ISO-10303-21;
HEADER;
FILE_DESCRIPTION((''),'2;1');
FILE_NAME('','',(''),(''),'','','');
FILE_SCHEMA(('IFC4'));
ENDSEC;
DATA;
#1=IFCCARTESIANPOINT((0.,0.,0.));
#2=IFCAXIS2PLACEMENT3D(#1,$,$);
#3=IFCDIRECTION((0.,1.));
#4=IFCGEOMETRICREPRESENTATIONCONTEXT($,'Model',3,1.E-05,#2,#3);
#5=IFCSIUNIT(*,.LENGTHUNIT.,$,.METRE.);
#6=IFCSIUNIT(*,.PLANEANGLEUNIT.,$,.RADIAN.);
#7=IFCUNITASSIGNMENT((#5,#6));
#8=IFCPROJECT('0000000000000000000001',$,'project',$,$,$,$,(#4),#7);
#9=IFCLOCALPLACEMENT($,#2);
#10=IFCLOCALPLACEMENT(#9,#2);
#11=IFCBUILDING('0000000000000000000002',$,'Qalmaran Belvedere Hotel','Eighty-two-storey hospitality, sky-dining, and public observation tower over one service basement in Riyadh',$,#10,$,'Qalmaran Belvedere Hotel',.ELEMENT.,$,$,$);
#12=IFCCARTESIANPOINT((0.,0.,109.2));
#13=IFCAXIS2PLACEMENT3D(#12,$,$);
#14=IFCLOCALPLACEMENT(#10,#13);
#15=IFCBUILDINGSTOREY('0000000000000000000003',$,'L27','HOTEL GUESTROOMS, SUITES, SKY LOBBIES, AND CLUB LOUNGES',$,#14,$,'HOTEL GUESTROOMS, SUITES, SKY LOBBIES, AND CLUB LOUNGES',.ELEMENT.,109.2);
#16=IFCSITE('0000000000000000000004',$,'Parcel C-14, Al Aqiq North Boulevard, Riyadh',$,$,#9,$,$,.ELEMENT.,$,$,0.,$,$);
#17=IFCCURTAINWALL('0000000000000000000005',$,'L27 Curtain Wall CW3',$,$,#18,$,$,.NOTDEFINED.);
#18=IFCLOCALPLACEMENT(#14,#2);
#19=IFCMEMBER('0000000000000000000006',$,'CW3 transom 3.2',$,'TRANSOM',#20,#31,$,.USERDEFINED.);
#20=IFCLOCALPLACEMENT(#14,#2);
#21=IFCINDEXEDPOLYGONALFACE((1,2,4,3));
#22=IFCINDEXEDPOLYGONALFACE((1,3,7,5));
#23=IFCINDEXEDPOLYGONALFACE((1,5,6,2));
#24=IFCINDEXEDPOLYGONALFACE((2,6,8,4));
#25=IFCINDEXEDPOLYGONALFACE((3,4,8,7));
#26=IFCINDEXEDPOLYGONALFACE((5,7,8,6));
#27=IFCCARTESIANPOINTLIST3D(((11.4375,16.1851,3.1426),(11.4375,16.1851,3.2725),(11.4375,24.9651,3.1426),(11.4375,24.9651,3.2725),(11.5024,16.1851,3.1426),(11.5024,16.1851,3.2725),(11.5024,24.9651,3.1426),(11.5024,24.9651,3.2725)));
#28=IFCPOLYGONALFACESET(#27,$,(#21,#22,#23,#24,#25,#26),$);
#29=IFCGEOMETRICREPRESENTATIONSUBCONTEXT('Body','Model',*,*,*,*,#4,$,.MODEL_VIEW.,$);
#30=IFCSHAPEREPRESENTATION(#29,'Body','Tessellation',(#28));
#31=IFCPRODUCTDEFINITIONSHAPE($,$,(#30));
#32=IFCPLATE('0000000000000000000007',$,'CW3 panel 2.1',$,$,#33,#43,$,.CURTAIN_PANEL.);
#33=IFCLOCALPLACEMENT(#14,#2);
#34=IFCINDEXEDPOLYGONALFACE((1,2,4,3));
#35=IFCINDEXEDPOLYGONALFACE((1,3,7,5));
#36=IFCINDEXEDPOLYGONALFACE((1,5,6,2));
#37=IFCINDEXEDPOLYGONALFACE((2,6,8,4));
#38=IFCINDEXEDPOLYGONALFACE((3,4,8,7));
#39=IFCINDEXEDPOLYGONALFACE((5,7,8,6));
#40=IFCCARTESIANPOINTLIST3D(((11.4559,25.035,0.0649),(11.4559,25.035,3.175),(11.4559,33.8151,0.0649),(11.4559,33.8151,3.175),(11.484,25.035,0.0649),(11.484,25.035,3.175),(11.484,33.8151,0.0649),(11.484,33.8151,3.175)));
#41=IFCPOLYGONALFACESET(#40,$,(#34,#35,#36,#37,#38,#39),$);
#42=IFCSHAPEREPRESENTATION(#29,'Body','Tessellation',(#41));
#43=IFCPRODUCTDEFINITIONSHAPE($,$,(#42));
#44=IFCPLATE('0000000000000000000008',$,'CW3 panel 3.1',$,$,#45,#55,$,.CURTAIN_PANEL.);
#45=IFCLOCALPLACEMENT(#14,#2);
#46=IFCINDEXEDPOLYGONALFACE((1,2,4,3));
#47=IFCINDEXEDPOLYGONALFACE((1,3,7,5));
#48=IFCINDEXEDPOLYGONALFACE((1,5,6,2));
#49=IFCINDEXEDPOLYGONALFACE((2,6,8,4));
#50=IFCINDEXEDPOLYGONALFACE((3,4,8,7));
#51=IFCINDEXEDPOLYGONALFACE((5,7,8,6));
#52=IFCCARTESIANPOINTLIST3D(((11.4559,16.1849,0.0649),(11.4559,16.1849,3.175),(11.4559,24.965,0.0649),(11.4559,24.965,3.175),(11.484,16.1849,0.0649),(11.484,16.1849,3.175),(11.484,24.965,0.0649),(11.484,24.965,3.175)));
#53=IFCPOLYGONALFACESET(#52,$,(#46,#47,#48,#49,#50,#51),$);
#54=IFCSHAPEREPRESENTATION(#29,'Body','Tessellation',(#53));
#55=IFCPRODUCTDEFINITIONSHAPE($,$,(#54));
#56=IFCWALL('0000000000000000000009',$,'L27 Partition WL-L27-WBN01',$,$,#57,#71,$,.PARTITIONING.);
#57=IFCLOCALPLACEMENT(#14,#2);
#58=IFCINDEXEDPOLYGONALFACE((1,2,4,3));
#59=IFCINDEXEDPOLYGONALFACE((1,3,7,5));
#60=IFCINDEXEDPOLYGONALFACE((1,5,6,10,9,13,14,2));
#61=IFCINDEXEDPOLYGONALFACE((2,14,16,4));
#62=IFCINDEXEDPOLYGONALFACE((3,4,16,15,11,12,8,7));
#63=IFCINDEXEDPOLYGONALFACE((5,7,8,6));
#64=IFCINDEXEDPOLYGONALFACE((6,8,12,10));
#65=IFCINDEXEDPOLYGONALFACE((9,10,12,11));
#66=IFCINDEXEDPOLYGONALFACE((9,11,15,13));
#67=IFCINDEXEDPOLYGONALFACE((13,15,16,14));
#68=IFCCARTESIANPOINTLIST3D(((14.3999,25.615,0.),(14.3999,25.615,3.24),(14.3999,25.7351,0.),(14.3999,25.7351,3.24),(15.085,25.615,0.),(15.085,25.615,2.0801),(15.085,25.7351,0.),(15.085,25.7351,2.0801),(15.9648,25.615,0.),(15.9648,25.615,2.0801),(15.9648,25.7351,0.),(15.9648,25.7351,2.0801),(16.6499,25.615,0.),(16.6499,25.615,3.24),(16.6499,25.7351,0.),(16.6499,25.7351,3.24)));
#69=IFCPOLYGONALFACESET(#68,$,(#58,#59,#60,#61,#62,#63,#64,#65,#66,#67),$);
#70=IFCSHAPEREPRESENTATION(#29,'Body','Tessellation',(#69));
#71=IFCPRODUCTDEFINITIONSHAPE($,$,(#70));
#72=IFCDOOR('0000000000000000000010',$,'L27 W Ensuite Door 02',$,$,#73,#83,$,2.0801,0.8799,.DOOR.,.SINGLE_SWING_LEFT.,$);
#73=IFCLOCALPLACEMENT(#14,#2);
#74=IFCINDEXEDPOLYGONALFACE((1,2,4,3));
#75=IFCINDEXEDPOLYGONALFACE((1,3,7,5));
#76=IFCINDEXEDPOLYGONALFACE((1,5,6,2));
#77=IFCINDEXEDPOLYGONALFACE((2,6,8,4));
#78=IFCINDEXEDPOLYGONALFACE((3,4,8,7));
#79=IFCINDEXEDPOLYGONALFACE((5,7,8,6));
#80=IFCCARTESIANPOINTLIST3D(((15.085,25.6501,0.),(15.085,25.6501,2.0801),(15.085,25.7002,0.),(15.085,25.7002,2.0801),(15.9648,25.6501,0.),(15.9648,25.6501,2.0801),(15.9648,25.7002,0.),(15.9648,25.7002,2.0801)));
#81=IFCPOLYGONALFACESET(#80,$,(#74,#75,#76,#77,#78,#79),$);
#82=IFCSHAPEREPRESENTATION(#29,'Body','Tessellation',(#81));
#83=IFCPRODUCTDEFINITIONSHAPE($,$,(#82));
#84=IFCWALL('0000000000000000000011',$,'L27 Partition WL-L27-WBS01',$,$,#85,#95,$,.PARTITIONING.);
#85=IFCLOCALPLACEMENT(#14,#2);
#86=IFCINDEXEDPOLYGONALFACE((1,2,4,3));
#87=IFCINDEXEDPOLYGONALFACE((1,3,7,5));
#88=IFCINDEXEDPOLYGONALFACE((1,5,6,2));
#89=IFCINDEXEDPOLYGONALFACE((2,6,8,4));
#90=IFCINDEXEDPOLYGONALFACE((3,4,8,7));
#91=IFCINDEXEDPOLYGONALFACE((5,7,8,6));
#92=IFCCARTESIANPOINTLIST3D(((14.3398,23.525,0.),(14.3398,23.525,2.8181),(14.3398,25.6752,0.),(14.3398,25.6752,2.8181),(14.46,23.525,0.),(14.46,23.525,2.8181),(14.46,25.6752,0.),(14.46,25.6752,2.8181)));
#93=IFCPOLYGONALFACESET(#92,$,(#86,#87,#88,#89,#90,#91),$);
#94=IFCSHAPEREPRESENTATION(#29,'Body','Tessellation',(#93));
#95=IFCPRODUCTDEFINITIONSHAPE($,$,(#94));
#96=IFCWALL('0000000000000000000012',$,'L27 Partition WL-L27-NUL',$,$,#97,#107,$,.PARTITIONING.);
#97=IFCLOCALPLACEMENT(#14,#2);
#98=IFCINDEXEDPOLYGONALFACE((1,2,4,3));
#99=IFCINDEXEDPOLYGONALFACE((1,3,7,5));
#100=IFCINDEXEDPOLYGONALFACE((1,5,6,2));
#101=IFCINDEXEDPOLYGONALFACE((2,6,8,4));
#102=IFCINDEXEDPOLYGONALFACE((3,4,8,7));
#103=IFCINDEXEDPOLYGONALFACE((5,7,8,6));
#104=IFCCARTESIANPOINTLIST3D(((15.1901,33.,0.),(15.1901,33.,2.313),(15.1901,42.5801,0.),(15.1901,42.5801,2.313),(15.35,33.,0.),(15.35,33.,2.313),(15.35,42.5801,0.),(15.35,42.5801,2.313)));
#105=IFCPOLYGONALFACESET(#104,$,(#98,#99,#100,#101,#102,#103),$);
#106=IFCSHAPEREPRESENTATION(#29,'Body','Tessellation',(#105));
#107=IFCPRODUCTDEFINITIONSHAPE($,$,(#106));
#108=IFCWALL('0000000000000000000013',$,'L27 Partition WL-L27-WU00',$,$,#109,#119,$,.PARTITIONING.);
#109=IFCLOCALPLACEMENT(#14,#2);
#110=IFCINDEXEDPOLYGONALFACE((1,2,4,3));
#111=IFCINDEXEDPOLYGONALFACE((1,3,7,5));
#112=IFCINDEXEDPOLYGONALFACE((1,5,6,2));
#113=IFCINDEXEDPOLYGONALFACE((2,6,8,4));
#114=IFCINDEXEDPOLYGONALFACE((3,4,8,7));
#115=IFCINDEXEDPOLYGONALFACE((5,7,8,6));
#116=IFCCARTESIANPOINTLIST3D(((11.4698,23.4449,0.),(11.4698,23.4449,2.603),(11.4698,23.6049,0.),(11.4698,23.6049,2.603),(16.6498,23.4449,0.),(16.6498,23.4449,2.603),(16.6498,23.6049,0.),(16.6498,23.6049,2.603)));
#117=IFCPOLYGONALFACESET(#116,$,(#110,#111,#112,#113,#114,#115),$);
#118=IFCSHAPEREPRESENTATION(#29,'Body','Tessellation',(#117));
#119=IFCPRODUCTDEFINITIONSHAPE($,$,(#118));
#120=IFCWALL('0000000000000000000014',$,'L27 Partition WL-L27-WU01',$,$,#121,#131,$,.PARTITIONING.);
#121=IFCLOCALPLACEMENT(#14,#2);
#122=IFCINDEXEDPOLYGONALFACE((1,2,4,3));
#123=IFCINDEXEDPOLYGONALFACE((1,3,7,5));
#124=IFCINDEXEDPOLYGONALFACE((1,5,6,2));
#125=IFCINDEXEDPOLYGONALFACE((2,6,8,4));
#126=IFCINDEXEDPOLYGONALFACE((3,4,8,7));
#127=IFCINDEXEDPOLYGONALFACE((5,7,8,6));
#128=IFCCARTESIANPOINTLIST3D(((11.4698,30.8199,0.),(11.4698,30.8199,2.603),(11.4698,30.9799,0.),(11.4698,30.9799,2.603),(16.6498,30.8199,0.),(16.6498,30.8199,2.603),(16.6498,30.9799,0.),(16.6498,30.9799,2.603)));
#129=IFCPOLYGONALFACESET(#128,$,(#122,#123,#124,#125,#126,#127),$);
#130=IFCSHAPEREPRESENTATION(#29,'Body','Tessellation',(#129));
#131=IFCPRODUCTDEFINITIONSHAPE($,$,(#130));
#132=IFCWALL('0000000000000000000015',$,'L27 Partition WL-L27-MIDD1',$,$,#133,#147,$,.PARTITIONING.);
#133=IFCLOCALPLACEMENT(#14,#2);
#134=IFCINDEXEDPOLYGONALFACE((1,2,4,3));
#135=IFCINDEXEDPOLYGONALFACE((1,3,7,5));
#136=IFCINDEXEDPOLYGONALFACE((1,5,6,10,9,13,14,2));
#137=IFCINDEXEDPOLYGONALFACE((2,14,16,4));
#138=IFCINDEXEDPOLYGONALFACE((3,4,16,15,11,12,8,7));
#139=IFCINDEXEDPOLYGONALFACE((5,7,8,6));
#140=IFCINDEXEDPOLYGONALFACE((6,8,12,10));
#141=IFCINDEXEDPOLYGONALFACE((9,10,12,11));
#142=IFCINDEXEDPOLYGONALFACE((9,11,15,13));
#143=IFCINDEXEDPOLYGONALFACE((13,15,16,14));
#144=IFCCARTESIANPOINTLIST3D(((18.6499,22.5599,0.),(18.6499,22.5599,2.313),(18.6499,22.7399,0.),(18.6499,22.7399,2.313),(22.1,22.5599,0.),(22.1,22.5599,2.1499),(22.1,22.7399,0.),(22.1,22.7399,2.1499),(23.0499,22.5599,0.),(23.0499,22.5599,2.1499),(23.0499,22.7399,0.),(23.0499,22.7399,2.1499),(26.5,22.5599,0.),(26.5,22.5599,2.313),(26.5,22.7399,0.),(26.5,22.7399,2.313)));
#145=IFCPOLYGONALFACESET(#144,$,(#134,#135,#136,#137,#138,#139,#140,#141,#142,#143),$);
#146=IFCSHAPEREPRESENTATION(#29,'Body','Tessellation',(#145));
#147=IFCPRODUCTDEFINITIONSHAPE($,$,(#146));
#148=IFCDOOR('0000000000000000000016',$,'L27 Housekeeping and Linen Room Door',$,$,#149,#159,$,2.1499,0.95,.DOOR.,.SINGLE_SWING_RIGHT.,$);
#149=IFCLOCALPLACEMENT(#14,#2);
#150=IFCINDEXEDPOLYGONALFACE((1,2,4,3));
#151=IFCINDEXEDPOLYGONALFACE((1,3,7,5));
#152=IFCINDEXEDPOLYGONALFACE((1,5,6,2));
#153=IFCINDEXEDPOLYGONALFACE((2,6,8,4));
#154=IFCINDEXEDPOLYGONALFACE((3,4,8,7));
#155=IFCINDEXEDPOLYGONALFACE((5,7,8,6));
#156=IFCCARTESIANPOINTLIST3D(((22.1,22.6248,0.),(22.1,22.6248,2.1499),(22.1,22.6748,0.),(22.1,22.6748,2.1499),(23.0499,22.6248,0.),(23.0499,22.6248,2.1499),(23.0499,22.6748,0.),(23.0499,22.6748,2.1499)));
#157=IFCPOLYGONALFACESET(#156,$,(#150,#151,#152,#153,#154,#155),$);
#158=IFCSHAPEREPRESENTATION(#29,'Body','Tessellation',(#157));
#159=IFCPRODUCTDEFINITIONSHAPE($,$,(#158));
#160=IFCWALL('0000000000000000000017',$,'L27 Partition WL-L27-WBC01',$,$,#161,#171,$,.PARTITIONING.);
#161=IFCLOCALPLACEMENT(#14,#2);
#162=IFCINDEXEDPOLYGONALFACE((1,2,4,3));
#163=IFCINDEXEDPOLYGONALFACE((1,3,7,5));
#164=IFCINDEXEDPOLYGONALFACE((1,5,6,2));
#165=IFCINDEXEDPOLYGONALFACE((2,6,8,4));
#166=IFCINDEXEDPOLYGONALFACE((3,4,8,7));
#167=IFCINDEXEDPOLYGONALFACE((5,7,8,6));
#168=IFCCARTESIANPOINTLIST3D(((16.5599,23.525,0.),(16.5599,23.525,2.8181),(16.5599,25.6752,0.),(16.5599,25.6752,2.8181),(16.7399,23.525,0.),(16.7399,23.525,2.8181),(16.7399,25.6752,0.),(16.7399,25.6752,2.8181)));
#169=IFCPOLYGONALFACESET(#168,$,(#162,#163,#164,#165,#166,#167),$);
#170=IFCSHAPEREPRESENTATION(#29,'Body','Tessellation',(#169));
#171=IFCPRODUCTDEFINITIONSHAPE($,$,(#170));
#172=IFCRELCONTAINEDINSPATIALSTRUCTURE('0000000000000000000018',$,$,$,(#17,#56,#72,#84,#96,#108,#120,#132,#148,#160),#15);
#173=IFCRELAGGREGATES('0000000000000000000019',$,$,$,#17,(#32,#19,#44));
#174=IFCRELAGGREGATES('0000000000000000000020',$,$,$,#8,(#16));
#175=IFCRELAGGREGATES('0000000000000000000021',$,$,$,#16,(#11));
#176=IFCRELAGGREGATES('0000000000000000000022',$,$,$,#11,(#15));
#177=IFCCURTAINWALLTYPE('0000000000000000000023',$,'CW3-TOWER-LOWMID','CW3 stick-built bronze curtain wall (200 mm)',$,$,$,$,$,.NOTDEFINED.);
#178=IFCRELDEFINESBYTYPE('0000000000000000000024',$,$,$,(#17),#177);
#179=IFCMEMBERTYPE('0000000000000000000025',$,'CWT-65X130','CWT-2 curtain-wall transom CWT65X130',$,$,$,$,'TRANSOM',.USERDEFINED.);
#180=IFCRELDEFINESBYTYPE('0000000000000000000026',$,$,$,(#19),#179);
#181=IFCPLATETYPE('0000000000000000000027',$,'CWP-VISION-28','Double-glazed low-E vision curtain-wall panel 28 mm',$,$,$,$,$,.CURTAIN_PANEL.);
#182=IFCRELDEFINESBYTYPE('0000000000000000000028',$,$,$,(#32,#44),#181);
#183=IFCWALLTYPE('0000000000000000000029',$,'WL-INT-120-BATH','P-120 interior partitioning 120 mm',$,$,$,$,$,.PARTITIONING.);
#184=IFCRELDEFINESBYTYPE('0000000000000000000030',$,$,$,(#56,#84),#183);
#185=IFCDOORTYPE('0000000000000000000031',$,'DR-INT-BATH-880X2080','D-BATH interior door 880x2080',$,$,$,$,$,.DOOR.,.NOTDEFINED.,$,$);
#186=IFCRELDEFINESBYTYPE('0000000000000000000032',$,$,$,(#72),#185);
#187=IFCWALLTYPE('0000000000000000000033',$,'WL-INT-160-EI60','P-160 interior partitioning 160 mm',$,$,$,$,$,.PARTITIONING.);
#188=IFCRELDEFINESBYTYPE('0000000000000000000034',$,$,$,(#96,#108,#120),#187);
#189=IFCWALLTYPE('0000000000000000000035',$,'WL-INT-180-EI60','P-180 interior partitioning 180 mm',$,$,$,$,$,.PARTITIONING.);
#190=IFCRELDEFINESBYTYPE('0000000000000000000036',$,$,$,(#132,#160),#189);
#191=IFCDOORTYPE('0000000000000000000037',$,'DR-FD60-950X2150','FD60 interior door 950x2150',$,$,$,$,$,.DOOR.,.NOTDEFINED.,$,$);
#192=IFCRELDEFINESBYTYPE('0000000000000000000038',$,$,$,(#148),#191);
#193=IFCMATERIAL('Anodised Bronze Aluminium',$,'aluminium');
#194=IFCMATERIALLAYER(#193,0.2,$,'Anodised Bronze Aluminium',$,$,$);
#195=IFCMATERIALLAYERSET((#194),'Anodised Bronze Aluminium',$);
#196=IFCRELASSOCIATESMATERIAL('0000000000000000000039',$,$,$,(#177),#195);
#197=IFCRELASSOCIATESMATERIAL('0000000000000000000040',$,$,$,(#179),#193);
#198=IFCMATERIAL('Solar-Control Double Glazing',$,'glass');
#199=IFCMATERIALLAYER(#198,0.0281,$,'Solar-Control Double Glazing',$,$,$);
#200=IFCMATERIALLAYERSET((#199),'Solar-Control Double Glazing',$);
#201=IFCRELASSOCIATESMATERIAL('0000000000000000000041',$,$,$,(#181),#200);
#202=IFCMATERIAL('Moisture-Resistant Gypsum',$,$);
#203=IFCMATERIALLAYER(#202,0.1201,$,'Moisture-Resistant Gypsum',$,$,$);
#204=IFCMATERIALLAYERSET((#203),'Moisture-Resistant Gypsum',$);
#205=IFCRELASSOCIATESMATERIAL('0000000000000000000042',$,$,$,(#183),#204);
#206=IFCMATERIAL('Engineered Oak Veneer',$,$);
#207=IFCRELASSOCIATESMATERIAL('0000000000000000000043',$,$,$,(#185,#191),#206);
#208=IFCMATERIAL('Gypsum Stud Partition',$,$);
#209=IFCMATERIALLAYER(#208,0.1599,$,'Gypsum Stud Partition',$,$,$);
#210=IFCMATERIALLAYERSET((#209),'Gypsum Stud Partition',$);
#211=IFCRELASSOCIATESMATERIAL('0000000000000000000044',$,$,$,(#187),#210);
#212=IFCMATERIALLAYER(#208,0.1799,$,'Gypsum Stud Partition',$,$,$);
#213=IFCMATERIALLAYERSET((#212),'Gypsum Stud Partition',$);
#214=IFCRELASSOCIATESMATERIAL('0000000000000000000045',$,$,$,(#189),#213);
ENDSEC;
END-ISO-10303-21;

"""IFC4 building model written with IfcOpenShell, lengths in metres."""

from ifc_helpers import new_model, si_unit, direction, frame, frame_2d, origin, origin_2d, place, context, subcontext, project, spatial, rectangle, extrude, material, layer, layer_set, material_profile, profile_set, type_object, element, fill, aggregate, save


model = new_model("IFC4")

# Units and contexts
model_context = context("Model", 3, precision=1e-05, world=origin(), true_north=direction((0.0, 1.0)))
body_context = subcontext(model_context, "Body", "Model", "MODEL_VIEW")
ifc_project = project(units=[si_unit("LENGTHUNIT", "METRE"), si_unit("PLANEANGLEUNIT", "RADIAN")], contexts=[model_context])

# Site, building, storey
site_placement = place(None, origin())
site = spatial("IfcSite", under=ifc_project, at=site_placement, Name="Parcel C-14, Al Aqiq North Boulevard, Riyadh", CompositionType="ELEMENT", RefElevation=0.0)
building_placement = place(site_placement, origin())
building = spatial("IfcBuilding", under=site, at=building_placement, Name="Qalmaran Belvedere Hotel", Description="Eighty-two-storey hospitality, sky-dining, and public observation tower over one service basement in Riyadh", LongName="Qalmaran Belvedere Hotel", CompositionType="ELEMENT")
storey_placement = place(building_placement, frame((0.0, 0.0, 109.2)))
storey = spatial("IfcBuildingStorey", under=building, at=storey_placement, Name="L27", Description="HOTEL GUESTROOMS, SUITES, SKY LOBBIES, AND CLUB LOUNGES", LongName="HOTEL GUESTROOMS, SUITES, SKY LOBBIES, AND CLUB LOUNGES", CompositionType="ELEMENT", Elevation=109.2)

# Curtain wall, member, plates
ifc_material_1 = material(Name="Anodised Bronze Aluminium", Category="aluminium")
ifc_layer_1 = layer(ifc_material_1, 0.2, Name="Anodised Bronze Aluminium")
ifc_layer_set_1 = layer_set([ifc_layer_1], Name="Anodised Bronze Aluminium")
curtain_wall_type = type_object("IfcCurtainWallType", Name="CW3-TOWER-LOWMID", Description="CW3 stick-built bronze curtain wall (200 mm)", PredefinedType="NOTDEFINED", material=ifc_layer_set_1)
curtain_wall_placement = place(storey_placement, origin())
curtain_wall = element("IfcCurtainWall", 1, at=curtain_wall_placement, inside=storey, type_object=curtain_wall_type, Name="L27 Curtain Wall CW3", PredefinedType="NOTDEFINED")
ifc_material_profile_1 = material_profile(ifc_material_1, rectangle(XDim=0.0649, YDim=0.1299, at=origin_2d()), Name="CWT65X130")
ifc_profile_set_1 = profile_set([ifc_material_profile_1], Name="Anodised Bronze Aluminium")
member_type_1 = type_object("IfcMemberType", Name="CWT-65X130", Description="CWT-2 curtain-wall transom CWT65X130", ElementType="TRANSOM", PredefinedType="USERDEFINED", material=ifc_profile_set_1)
member_1_placement = place(storey_placement, frame((11.47, 24.9651, 3.2075), z_axis=(0.0, -1.0, 0.0), x_axis=(1.0, 0.0, 0.0)))
member_1 = element("IfcMember", 2, at=member_1_placement, type_object=member_type_1, Name="CW3 transom 3.2", ObjectType="TRANSOM", PredefinedType="USERDEFINED", context=body_context, shape_type="SweptSolid", body=[
    extrude(rectangle(XDim=0.0649, YDim=0.1299, at=origin_2d()), origin(), (0.0, 0.0, 1.0), 8.78),
])
ifc_material_2 = material(Name="Solar-Control Double Glazing", Category="glass")
ifc_layer_2 = layer(ifc_material_2, 0.0281, Name="Solar-Control Double Glazing")
ifc_layer_set_2 = layer_set([ifc_layer_2], Name="Solar-Control Double Glazing")
plate_type = type_object("IfcPlateType", Name="CWP-VISION-28", Description="Double-glazed low-E vision curtain-wall panel 28 mm", PredefinedType="CURTAIN_PANEL", material=ifc_layer_set_2)
plate_1_placement = place(storey_placement, frame((11.47, 29.425, 0.0649), z_axis=(0.0, 0.0, 1.0), x_axis=(0.0, -1.0, 0.0)))
plate_1 = element("IfcPlate", 3, at=plate_1_placement, type_object=plate_type, Name="CW3 panel 2.1", PredefinedType="CURTAIN_PANEL", context=body_context, shape_type="SweptSolid", body=[
    extrude(rectangle(XDim=8.78, YDim=0.0281, at=origin_2d()), origin(), (0.0, 0.0, 1.0), 3.1101),
])
plate_2_placement = place(storey_placement, frame((11.47, 20.575, 0.0649), z_axis=(0.0, 0.0, 1.0), x_axis=(0.0, -1.0, 0.0)))
plate_2 = element("IfcPlate", 4, at=plate_2_placement, type_object=plate_type, Name="CW3 panel 3.1", PredefinedType="CURTAIN_PANEL", context=body_context, shape_type="SweptSolid", body=[
    extrude(rectangle(XDim=8.78, YDim=0.0281, at=origin_2d()), origin(), (0.0, 0.0, 1.0), 3.1101),
])
aggregate(curtain_wall, [plate_1, member_1, plate_2])

# Wall, opening, door
ifc_material_3 = material(Name="Moisture-Resistant Gypsum")
ifc_layer_3 = layer(ifc_material_3, 0.1201, Name="Moisture-Resistant Gypsum")
ifc_layer_set_3 = layer_set([ifc_layer_3], Name="Moisture-Resistant Gypsum")
wall_type_1 = type_object("IfcWallType", Name="WL-INT-120-BATH", Description="P-120 interior partitioning 120 mm", PredefinedType="PARTITIONING", material=ifc_layer_set_3)
wall_1_placement = place(storey_placement, frame((14.3999, 25.675, 0.0), z_axis=(0.0, 0.0, 1.0), x_axis=(1.0, 0.0, 0.0)))
wall_1 = element("IfcWall", 5, at=wall_1_placement, inside=storey, type_object=wall_type_1, Name="L27 Partition WL-L27-WBN01", PredefinedType="PARTITIONING", context=body_context, shape_type="SweptSolid", body=[
    extrude(rectangle(XDim=2.25, YDim=0.1201, at=frame_2d((1.125, 0.0))), origin(), (0.0, 0.0, 1.0), 3.24),
])
opening_1_placement = place(wall_1_placement, frame((1.5649, 0.0, 0.0), z_axis=(0.0, 0.0, 1.0), x_axis=(-1.0, 0.0, 0.0)))
opening_1 = element("IfcOpeningElement", 6, at=opening_1_placement, cuts=wall_1, PredefinedType="OPENING", context=body_context, shape_type="SweptSolid", body=[
    extrude(rectangle(XDim=0.8799, YDim=2.0801, at=frame_2d((0.4399, 1.04))), frame((0.0, 0.0701, 0.0), z_axis=(0.0, -1.0, 0.0), x_axis=(1.0, 0.0, 0.0)), (0.0, 0.0, 1.0), 0.1401),
])
ifc_material_4 = material(Name="Engineered Oak Veneer")
door_type_1 = type_object("IfcDoorType", Name="DR-INT-BATH-880X2080", Description="D-BATH interior door 880x2080", OperationType="NOTDEFINED", PredefinedType="DOOR", material=ifc_material_4)
door_1_placement = place(opening_1_placement, origin())
door_1 = element("IfcDoor", 7, at=door_1_placement, inside=storey, type_object=door_type_1, Name="L27 W Ensuite Door 02", OperationType="SINGLE_SWING_LEFT", OverallHeight=2.0801, OverallWidth=0.8799, PredefinedType="DOOR", context=body_context, shape_type="SweptSolid", body=[
    extrude(rectangle(XDim=0.8799, YDim=2.0801, at=frame_2d((0.4399, 1.04))), frame((0.0, 0.0249, 0.0), z_axis=(0.0, -1.0, 0.0), x_axis=(1.0, 0.0, 0.0)), (0.0, 0.0, 1.0), 0.05),
])
fill(opening_1, door_1)

# Wall
wall_2_placement = place(storey_placement, frame((14.3999, 23.5249, 0.0), z_axis=(0.0, 0.0, 1.0), x_axis=(0.0, 1.0, 0.0)))
element("IfcWall", 8, at=wall_2_placement, inside=storey, type_object=wall_type_1, Name="L27 Partition WL-L27-WBS01", PredefinedType="PARTITIONING", context=body_context, shape_type="SweptSolid", body=[
    extrude(rectangle(XDim=2.1501, YDim=0.1201, at=frame_2d((1.0752, 0.0))), origin(), (0.0, 0.0, 1.0), 2.8181),
])

# Shared definitions
ifc_material_5 = material(Name="Gypsum Stud Partition")

# Walls
ifc_layer_4 = layer(ifc_material_5, 0.1599, Name="Gypsum Stud Partition")
ifc_layer_set_4 = layer_set([ifc_layer_4], Name="Gypsum Stud Partition")
wall_type_2 = type_object("IfcWallType", Name="WL-INT-160-EI60", Description="P-160 interior partitioning 160 mm", PredefinedType="PARTITIONING", material=ifc_layer_set_4)
wall_3_placement = place(storey_placement, frame((15.27, 33.0, 0.0), z_axis=(0.0, 0.0, 1.0), x_axis=(0.0, 1.0, 0.0)))
element("IfcWall", 9, at=wall_3_placement, inside=storey, type_object=wall_type_2, Name="L27 Partition WL-L27-NUL", PredefinedType="PARTITIONING", context=body_context, shape_type="SweptSolid", body=[
    extrude(rectangle(XDim=9.5801, YDim=0.1599, at=frame_2d((4.79, 0.0))), origin(), (0.0, 0.0, 1.0), 2.313),
])
for number, where, z_axis, x_axis, name in (
    (10, (11.47, 23.5249, 0.0), (0.0, 0.0, 1.0), (1.0, 0.0, 0.0), "L27 Partition WL-L27-WU00"),
    (11, (11.47, 30.8999, 0.0), (0.0, 0.0, 1.0), (1.0, 0.0, 0.0), "L27 Partition WL-L27-WU01"),
):
    element("IfcWall", number, at=place(storey_placement, frame(where, z_axis=z_axis, x_axis=x_axis)), inside=storey, type_object=wall_type_2, Name=name, PredefinedType="PARTITIONING", context=body_context, shape_type="SweptSolid", body=[
        extrude(rectangle(XDim=5.1799, YDim=0.1599, at=frame_2d((2.5898, 0.0))), origin(), (0.0, 0.0, 1.0), 2.603),
    ])

# Wall, opening, door
ifc_layer_5 = layer(ifc_material_5, 0.1799, Name="Gypsum Stud Partition")
ifc_layer_set_5 = layer_set([ifc_layer_5], Name="Gypsum Stud Partition")
wall_type_3 = type_object("IfcWallType", Name="WL-INT-180-EI60", Description="P-180 interior partitioning 180 mm", PredefinedType="PARTITIONING", material=ifc_layer_set_5)
wall_4_placement = place(storey_placement, frame((18.6499, 22.6499, 0.0), z_axis=(0.0, 0.0, 1.0), x_axis=(1.0, 0.0, 0.0)))
wall_4 = element("IfcWall", 12, at=wall_4_placement, inside=storey, type_object=wall_type_3, Name="L27 Partition WL-L27-MIDD1", PredefinedType="PARTITIONING", context=body_context, shape_type="SweptSolid", body=[
    extrude(rectangle(XDim=7.8501, YDim=0.1799, at=frame_2d((3.925, 0.0))), origin(), (0.0, 0.0, 1.0), 2.313),
])
opening_2_placement = place(wall_4_placement, frame((3.45, 0.0, 0.0)))
opening_2 = element("IfcOpeningElement", 13, at=opening_2_placement, cuts=wall_4, PredefinedType="OPENING", context=body_context, shape_type="SweptSolid", body=[
    extrude(rectangle(XDim=0.95, YDim=2.1499, at=frame_2d((0.4751, 1.075))), frame((0.0, 0.1001, 0.0), z_axis=(0.0, -1.0, 0.0), x_axis=(1.0, 0.0, 0.0)), (0.0, 0.0, 1.0), 0.2),
])
door_type_2 = type_object("IfcDoorType", Name="DR-FD60-950X2150", Description="FD60 interior door 950x2150", OperationType="NOTDEFINED", PredefinedType="DOOR", material=ifc_material_4)
door_2_placement = place(opening_2_placement, origin())
door_2 = element("IfcDoor", 14, at=door_2_placement, inside=storey, type_object=door_type_2, Name="L27 Housekeeping and Linen Room Door", OperationType="SINGLE_SWING_RIGHT", OverallHeight=2.1499, OverallWidth=0.95, PredefinedType="DOOR", context=body_context, shape_type="SweptSolid", body=[
    extrude(rectangle(XDim=0.95, YDim=2.1499, at=frame_2d((0.4751, 1.075))), frame((0.0, 0.0249, 0.0), z_axis=(0.0, -1.0, 0.0), x_axis=(1.0, 0.0, 0.0)), (0.0, 0.0, 1.0), 0.05),
])
fill(opening_2, door_2)

# Wall
wall_5_placement = place(storey_placement, frame((16.6499, 23.5249, 0.0), z_axis=(0.0, 0.0, 1.0), x_axis=(0.0, 1.0, 0.0)))
element("IfcWall", 15, at=wall_5_placement, inside=storey, type_object=wall_type_3, Name="L27 Partition WL-L27-WBC01", PredefinedType="PARTITIONING", context=body_context, shape_type="SweptSolid", body=[
    extrude(rectangle(XDim=2.1501, YDim=0.1799, at=frame_2d((1.0752, 0.0))), origin(), (0.0, 0.0, 1.0), 2.8181),
])

save(model, "model.ifc")
